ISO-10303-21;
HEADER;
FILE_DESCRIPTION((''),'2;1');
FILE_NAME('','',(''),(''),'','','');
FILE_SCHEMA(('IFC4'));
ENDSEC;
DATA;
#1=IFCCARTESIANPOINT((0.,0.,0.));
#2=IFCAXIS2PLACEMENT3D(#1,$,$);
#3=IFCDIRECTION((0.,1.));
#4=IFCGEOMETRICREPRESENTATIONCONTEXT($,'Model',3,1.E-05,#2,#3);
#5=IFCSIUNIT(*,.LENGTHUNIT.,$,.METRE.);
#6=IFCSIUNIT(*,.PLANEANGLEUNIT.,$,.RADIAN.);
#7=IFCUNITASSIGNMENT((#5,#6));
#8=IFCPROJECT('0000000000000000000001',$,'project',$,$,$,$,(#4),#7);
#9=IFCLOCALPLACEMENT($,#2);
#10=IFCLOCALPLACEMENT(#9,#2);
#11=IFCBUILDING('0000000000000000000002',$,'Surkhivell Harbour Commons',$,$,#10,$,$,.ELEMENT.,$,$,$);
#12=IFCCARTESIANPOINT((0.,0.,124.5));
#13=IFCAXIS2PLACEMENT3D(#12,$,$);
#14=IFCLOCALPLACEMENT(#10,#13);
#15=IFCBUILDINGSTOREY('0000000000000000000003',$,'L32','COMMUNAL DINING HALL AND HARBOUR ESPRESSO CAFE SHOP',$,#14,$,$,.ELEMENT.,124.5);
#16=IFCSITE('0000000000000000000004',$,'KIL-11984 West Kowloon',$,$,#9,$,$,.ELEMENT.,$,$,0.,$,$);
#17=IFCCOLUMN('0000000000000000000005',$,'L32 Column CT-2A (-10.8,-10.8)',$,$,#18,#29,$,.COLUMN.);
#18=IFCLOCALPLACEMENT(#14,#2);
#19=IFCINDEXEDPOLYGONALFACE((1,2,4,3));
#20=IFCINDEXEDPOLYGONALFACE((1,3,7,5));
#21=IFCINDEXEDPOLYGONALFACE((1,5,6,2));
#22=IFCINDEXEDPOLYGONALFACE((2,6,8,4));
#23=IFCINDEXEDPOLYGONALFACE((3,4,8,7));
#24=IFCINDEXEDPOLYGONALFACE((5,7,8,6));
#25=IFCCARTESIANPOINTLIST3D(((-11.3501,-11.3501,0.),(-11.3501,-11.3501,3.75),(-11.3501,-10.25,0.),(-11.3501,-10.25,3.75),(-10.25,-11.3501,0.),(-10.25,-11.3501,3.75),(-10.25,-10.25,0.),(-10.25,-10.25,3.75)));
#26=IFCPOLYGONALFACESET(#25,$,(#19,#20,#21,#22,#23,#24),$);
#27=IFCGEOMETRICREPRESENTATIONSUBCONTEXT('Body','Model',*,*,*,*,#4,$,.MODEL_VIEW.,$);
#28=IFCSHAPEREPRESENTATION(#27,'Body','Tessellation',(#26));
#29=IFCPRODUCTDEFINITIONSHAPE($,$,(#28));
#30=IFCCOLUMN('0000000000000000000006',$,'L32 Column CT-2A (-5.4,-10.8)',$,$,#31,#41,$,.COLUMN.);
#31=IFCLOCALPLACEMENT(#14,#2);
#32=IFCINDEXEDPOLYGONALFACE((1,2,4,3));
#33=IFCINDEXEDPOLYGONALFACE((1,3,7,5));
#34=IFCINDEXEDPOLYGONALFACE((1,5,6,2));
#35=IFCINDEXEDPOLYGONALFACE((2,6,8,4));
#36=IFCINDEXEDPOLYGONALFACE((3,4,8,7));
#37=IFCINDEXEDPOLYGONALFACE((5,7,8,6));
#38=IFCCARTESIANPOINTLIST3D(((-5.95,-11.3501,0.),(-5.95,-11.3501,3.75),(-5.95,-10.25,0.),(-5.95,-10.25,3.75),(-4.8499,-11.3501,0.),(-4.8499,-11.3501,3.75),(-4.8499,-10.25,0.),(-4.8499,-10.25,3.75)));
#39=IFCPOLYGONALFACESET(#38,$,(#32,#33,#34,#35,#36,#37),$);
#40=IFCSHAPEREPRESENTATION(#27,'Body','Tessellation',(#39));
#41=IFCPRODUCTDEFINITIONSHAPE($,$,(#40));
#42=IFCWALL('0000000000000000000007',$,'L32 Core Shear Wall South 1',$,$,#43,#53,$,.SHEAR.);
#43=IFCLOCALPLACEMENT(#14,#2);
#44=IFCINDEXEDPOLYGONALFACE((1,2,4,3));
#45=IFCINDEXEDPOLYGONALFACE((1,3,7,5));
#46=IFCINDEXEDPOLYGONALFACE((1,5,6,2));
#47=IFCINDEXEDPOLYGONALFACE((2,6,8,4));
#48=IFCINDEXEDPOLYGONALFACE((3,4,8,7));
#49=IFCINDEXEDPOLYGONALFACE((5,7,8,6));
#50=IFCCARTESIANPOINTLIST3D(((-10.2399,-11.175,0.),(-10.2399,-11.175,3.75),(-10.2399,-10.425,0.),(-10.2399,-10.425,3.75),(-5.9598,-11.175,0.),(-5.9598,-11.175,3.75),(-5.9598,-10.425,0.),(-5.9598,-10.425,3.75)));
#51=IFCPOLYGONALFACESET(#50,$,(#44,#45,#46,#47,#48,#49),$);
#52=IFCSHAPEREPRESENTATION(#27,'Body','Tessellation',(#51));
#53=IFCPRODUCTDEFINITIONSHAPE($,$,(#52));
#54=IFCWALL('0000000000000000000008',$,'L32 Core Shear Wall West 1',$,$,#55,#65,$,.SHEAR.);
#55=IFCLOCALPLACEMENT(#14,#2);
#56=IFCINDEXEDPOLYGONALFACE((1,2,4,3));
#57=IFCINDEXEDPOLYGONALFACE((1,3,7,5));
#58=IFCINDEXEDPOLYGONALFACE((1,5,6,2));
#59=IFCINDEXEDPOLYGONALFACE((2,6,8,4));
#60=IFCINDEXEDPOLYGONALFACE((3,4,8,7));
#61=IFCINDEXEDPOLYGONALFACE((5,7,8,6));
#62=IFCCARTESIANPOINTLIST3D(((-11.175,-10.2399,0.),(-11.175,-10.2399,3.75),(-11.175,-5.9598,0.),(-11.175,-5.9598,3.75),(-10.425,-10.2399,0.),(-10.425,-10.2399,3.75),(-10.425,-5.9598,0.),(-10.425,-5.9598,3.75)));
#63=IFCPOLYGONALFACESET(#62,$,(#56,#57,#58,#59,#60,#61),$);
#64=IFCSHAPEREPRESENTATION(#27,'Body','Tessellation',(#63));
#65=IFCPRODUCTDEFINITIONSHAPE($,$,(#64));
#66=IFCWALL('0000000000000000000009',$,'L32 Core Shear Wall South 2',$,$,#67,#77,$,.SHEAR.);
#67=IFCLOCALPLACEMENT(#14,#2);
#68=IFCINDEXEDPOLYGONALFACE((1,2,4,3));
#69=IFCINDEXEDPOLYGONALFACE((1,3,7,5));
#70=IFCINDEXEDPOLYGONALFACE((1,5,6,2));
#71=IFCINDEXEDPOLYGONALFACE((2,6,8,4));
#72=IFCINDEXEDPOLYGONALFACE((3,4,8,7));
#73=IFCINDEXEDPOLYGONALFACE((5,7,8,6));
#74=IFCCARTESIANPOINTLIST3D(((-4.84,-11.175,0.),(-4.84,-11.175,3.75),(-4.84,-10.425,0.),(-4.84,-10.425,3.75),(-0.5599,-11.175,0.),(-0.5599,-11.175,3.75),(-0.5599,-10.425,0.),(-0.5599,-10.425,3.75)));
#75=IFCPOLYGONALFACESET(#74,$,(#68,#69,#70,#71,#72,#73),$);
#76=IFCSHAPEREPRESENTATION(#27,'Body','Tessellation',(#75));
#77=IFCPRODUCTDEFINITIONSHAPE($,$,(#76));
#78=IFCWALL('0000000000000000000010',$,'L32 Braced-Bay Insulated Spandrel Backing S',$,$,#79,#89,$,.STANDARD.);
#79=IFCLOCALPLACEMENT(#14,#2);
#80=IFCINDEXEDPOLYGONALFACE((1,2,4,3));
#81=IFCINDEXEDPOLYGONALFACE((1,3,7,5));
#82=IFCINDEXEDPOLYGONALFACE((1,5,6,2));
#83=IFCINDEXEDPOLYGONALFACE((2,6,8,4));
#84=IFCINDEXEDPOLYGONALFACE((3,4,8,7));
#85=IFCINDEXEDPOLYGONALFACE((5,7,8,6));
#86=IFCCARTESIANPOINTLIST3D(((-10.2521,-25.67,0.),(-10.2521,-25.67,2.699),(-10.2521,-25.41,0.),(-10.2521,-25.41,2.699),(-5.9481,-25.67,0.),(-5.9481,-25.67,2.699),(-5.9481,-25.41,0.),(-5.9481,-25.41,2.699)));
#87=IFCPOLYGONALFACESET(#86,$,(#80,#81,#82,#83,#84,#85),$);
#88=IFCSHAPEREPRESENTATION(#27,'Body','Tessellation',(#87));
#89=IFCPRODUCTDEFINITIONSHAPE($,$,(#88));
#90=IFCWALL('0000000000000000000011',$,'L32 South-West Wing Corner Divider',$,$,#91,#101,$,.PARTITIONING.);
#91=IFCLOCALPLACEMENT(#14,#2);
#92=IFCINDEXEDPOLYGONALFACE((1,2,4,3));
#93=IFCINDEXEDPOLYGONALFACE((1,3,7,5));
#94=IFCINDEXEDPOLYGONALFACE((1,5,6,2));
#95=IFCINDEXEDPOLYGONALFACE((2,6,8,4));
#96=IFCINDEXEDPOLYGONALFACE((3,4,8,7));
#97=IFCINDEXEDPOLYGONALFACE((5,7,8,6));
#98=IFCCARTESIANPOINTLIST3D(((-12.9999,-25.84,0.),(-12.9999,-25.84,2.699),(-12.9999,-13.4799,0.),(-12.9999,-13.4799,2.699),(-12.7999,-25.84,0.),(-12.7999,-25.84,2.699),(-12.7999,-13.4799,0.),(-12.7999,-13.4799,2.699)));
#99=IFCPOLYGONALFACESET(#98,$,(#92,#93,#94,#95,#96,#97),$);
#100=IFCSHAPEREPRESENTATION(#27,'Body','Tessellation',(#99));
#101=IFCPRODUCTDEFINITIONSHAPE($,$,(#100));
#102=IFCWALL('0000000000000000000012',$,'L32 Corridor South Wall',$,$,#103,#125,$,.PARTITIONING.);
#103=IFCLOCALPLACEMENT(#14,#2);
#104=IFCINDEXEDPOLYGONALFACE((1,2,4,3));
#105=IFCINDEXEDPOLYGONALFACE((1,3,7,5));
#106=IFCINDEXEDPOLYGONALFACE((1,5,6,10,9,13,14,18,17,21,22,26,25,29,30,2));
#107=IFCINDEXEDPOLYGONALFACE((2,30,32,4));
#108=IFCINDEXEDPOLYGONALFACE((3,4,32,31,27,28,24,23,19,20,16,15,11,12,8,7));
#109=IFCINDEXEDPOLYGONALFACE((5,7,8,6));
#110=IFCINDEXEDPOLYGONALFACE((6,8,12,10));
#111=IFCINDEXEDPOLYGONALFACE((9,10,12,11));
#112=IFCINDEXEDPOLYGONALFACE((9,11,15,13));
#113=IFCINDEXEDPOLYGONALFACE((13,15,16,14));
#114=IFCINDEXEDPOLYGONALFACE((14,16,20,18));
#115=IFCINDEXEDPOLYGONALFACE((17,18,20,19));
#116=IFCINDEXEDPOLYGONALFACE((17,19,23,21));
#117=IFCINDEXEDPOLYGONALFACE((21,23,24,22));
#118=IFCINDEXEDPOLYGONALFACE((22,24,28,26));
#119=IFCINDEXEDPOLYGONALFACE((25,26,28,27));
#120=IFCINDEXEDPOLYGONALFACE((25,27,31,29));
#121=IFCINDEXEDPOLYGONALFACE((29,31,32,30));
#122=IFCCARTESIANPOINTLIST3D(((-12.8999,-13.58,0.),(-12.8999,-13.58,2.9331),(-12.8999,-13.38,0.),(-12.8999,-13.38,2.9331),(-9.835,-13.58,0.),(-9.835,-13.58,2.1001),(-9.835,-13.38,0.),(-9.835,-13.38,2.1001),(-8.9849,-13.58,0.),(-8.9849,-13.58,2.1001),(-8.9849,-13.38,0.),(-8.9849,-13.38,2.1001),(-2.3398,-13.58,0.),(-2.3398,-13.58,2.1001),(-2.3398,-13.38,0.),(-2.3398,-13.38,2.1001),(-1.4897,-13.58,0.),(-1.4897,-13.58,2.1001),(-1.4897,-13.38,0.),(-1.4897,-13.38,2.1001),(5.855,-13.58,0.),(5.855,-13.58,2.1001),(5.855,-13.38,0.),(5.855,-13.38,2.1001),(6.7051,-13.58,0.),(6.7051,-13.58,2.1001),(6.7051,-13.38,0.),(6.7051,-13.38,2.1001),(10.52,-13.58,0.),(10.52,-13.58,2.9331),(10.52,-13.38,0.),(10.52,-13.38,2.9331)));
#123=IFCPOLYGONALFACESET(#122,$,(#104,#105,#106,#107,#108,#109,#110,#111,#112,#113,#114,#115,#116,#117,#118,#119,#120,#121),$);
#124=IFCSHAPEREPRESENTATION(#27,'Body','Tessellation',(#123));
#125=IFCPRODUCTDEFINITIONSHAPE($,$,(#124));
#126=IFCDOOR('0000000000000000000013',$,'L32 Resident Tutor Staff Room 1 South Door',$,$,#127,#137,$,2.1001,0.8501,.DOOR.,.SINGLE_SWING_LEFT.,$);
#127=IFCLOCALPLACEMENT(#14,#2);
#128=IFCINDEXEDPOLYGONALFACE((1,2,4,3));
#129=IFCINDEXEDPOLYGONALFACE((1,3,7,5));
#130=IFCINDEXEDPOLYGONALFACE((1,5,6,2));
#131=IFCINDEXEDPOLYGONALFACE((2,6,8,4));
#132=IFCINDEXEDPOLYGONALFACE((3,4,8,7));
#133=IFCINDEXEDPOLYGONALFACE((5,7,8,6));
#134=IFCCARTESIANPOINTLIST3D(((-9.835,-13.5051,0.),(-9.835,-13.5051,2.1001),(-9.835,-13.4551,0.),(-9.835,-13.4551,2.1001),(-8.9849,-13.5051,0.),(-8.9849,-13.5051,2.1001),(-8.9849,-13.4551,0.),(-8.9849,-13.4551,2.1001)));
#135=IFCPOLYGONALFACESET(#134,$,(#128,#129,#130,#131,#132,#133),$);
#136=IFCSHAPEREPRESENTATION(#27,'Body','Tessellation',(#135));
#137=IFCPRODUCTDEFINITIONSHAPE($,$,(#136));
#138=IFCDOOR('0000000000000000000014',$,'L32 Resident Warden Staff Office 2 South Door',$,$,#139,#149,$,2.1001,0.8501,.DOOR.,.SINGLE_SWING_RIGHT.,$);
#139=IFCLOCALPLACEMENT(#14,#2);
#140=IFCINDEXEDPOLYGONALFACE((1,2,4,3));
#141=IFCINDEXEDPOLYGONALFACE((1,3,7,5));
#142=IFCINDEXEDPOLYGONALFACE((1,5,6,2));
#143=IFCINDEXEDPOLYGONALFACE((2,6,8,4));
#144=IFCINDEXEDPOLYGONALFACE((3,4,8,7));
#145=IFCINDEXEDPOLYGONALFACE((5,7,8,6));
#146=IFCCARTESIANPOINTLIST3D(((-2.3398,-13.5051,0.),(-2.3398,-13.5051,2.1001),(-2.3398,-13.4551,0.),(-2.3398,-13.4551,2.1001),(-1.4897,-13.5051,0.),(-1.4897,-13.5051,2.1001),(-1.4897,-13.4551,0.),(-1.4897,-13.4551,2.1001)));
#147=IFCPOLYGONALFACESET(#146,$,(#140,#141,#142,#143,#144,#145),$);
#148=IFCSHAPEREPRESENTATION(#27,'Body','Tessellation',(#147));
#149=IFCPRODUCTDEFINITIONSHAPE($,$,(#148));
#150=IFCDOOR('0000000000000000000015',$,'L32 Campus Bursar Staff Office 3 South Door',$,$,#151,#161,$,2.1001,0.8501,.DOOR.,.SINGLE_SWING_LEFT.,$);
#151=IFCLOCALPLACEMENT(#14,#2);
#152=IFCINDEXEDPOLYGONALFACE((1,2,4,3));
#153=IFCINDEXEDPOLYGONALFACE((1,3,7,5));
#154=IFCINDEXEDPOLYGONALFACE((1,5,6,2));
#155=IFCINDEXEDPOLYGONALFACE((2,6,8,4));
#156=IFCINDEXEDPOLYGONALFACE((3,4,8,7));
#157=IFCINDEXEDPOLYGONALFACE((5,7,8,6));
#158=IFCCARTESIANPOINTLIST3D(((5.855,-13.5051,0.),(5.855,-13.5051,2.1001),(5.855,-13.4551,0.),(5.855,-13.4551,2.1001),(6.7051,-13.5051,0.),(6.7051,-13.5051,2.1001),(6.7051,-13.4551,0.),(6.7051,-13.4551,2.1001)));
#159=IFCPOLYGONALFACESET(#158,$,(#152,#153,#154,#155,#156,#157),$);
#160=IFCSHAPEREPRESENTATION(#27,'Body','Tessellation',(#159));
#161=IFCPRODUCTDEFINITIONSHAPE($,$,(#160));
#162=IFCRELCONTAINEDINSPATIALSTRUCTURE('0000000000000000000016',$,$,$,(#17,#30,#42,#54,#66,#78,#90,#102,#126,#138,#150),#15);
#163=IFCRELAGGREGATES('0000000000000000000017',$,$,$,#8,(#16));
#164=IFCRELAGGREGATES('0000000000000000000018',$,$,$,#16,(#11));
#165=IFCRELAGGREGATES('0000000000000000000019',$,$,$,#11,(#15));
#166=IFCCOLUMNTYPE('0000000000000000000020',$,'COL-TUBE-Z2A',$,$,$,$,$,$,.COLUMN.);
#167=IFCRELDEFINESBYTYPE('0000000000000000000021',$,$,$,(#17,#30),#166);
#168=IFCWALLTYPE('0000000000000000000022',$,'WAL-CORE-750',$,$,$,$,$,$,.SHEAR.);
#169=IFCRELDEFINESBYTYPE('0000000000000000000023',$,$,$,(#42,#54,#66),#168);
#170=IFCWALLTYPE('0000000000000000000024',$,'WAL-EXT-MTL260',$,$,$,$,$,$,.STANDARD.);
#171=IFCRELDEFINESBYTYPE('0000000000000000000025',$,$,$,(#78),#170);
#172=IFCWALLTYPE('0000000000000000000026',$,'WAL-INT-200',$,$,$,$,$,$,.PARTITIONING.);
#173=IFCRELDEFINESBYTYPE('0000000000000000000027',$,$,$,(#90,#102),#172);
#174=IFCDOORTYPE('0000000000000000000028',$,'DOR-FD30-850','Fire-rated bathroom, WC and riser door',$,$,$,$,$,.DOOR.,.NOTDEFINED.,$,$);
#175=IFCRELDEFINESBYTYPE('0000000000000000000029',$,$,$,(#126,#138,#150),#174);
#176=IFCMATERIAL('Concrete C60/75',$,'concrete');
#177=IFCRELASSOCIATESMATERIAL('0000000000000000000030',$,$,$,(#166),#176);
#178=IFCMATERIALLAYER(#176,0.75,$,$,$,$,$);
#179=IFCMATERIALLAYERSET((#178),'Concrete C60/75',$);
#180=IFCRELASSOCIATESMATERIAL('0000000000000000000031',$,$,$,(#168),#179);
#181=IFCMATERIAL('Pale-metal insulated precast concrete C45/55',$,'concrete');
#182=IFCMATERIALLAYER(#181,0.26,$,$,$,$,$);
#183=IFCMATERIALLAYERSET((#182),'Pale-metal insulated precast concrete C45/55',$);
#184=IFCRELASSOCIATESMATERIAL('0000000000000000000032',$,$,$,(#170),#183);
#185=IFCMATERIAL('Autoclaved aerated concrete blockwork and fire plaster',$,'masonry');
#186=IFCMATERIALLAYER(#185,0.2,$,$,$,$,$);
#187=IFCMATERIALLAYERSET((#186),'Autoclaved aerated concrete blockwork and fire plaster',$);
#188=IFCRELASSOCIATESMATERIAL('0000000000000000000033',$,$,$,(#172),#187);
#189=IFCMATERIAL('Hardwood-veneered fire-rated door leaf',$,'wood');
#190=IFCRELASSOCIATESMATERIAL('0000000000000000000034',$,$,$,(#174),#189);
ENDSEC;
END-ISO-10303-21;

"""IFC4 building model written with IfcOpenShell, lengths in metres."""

from ifc_helpers import new_model, si_unit, direction, frame, frame_2d, origin, origin_2d, place, context, subcontext, project, spatial, rectangle, extrude, material, layer, layer_set, material_profile, profile_set, type_object, element, fill, save


model = new_model("IFC4")

# Units and contexts
model_context = context("Model", 3, precision=1e-05, world=origin(), true_north=direction((0.0, 1.0)))
body_context = subcontext(model_context, "Body", "Model", "MODEL_VIEW")
ifc_project = project(units=[si_unit("LENGTHUNIT", "METRE"), si_unit("PLANEANGLEUNIT", "RADIAN")], contexts=[model_context])

# Site, building, storey
site_placement = place(None, origin())
site = spatial("IfcSite", under=ifc_project, at=site_placement, Name="KIL-11984 West Kowloon", CompositionType="ELEMENT", RefElevation=0.0)
building_placement = place(site_placement, origin())
building = spatial("IfcBuilding", under=site, at=building_placement, Name="Surkhivell Harbour Commons", CompositionType="ELEMENT")
storey_placement = place(building_placement, frame((0.0, 0.0, 124.5)))
storey = spatial("IfcBuildingStorey", under=building, at=storey_placement, Name="L32", Description="COMMUNAL DINING HALL AND HARBOUR ESPRESSO CAFE SHOP", CompositionType="ELEMENT", Elevation=124.5)

# Columns
ifc_material_1 = material(Name="Concrete C60/75", Category="concrete")
ifc_material_profile = material_profile(ifc_material_1, rectangle(XDim=1.1001, YDim=1.1001, at=origin_2d()), Name="RC-COL-1100x1100")
ifc_profile_set = profile_set([ifc_material_profile], Name="Concrete C60/75")
column_type = type_object("IfcColumnType", Name="COL-TUBE-Z2A", PredefinedType="COLUMN", material=ifc_profile_set)
for number, where, z_axis, x_axis, name in (
    (1, (-10.8, -10.8, 0.0), (0.0, 0.0, 1.0), (1.0, 0.0, 0.0), "L32 Column CT-2A (-10.8,-10.8)"),
    (2, (-5.3999, -10.8, 0.0), (0.0, 0.0, 1.0), (1.0, 0.0, 0.0), "L32 Column CT-2A (-5.4,-10.8)"),
):
    element("IfcColumn", number, at=place(storey_placement, frame(where, z_axis=z_axis, x_axis=x_axis)), inside=storey, type_object=column_type, Name=name, PredefinedType="COLUMN", context=body_context, shape_type="SweptSolid", body=[
        extrude(rectangle(XDim=1.1001, YDim=1.1001, at=origin_2d()), origin(), (0.0, 0.0, 1.0), 3.75),
    ])

# Walls
ifc_layer_1 = layer(ifc_material_1, 0.75)
ifc_layer_set_1 = layer_set([ifc_layer_1], Name="Concrete C60/75")
wall_type_1 = type_object("IfcWallType", Name="WAL-CORE-750", PredefinedType="SHEAR", material=ifc_layer_set_1)
for number, where, z_axis, x_axis, name in (
    (3, (-10.24, -10.8, 0.0), (0.0, 0.0, 1.0), (1.0, 0.0, 0.0), "L32 Core Shear Wall South 1"),
    (4, (-10.8, -10.24, 0.0), (0.0, 0.0, 1.0), (0.0, 1.0, 0.0), "L32 Core Shear Wall West 1"),
    (5, (-4.8401, -10.8, 0.0), (0.0, 0.0, 1.0), (1.0, 0.0, 0.0), "L32 Core Shear Wall South 2"),
):
    element("IfcWall", number, at=place(storey_placement, frame(where, z_axis=z_axis, x_axis=x_axis)), inside=storey, type_object=wall_type_1, Name=name, PredefinedType="SHEAR", context=body_context, shape_type="SweptSolid", body=[
        extrude(rectangle(XDim=4.28, YDim=0.75, at=frame_2d((2.1401, 0.0))), origin(), (0.0, 0.0, 1.0), 3.75),
    ])
ifc_material_2 = material(Name="Pale-metal insulated precast concrete C45/55", Category="concrete")
ifc_layer_2 = layer(ifc_material_2, 0.26)
ifc_layer_set_2 = layer_set([ifc_layer_2], Name="Pale-metal insulated precast concrete C45/55")
wall_type_2 = type_object("IfcWallType", Name="WAL-EXT-MTL260", PredefinedType="STANDARD", material=ifc_layer_set_2)
wall_1_placement = place(storey_placement, frame((-10.252, -25.54, 0.0), z_axis=(0.0, 0.0, 1.0), x_axis=(1.0, 0.0, 0.0)))
element("IfcWall", 6, at=wall_1_placement, inside=storey, type_object=wall_type_2, Name="L32 Braced-Bay Insulated Spandrel Backing S", PredefinedType="STANDARD", context=body_context, shape_type="SweptSolid", body=[
    extrude(rectangle(XDim=4.304, YDim=0.26, at=frame_2d((2.1519, 0.0))), origin(), (0.0, 0.0, 1.0), 2.699),
])
ifc_material_3 = material(Name="Autoclaved aerated concrete blockwork and fire plaster", Category="masonry")
ifc_layer_3 = layer(ifc_material_3, 0.2)
ifc_layer_set_3 = layer_set([ifc_layer_3], Name="Autoclaved aerated concrete blockwork and fire plaster")
wall_type_3 = type_object("IfcWallType", Name="WAL-INT-200", PredefinedType="PARTITIONING", material=ifc_layer_set_3)
wall_2_placement = place(storey_placement, frame((-12.8999, -25.8401, 0.0), z_axis=(0.0, 0.0, 1.0), x_axis=(0.0, 1.0, 0.0)))
element("IfcWall", 7, at=wall_2_placement, inside=storey, type_object=wall_type_3, Name="L32 South-West Wing Corner Divider", PredefinedType="PARTITIONING", context=body_context, shape_type="SweptSolid", body=[
    extrude(rectangle(XDim=12.3601, YDim=0.2, at=frame_2d((6.1802, 0.0))), origin(), (0.0, 0.0, 1.0), 2.699),
])

# Wall, openings, doors
wall_3_placement = place(storey_placement, frame((-12.8999, -13.48, 0.0), z_axis=(0.0, 0.0, 1.0), x_axis=(1.0, 0.0, 0.0)))
wall_3 = element("IfcWall", 8, at=wall_3_placement, inside=storey, type_object=wall_type_3, Name="L32 Corridor South Wall", PredefinedType="PARTITIONING", context=body_context, shape_type="SweptSolid", body=[
    extrude(rectangle(XDim=23.4199, YDim=0.2, at=frame_2d((11.71, 0.0))), origin(), (0.0, 0.0, 1.0), 2.9331),
])
opening_1_placement = place(wall_3_placement, frame((3.0649, 0.0, 0.0)))
opening_1 = element("IfcOpeningElement", 9, at=opening_1_placement, cuts=wall_3, PredefinedType="OPENING", context=body_context, shape_type="SweptSolid", body=[
    extrude(rectangle(XDim=0.8501, YDim=2.1001, at=frame_2d((0.425, 1.05))), frame((0.0, 0.1099, 0.0), z_axis=(0.0, -1.0, 0.0), x_axis=(1.0, 0.0, 0.0)), (0.0, 0.0, 1.0), 0.22),
])
opening_2_placement = place(wall_3_placement, frame((10.5601, 0.0, 0.0)))
opening_2 = element("IfcOpeningElement", 10, at=opening_2_placement, cuts=wall_3, PredefinedType="OPENING", context=body_context, shape_type="SweptSolid", body=[
    extrude(rectangle(XDim=0.8501, YDim=2.1001, at=frame_2d((0.425, 1.05))), frame((0.0, 0.1099, 0.0), z_axis=(0.0, -1.0, 0.0), x_axis=(1.0, 0.0, 0.0)), (0.0, 0.0, 1.0), 0.22),
])
opening_3_placement = place(wall_3_placement, frame((18.7549, 0.0, 0.0)))
opening_3 = element("IfcOpeningElement", 11, at=opening_3_placement, cuts=wall_3, PredefinedType="OPENING", context=body_context, shape_type="SweptSolid", body=[
    extrude(rectangle(XDim=0.8501, YDim=2.1001, at=frame_2d((0.425, 1.05))), frame((0.0, 0.1099, 0.0), z_axis=(0.0, -1.0, 0.0), x_axis=(1.0, 0.0, 0.0)), (0.0, 0.0, 1.0), 0.22),
])
ifc_material_4 = material(Name="Hardwood-veneered fire-rated door leaf", Category="wood")
door_type = type_object("IfcDoorType", Name="DOR-FD30-850", Description="Fire-rated bathroom, WC and riser door", OperationType="NOTDEFINED", PredefinedType="DOOR", material=ifc_material_4)
door_1_placement = place(opening_1_placement, origin())
door_1 = element("IfcDoor", 12, at=door_1_placement, inside=storey, type_object=door_type, Name="L32 Resident Tutor Staff Room 1 South Door", OperationType="SINGLE_SWING_LEFT", OverallHeight=2.1001, OverallWidth=0.8501, PredefinedType="DOOR", context=body_context, shape_type="SweptSolid", body=[
    extrude(rectangle(XDim=0.8501, YDim=2.1001, at=frame_2d((0.425, 1.05))), frame((0.0, 0.0249, 0.0), z_axis=(0.0, -1.0, 0.0), x_axis=(1.0, 0.0, 0.0)), (0.0, 0.0, 1.0), 0.05),
])
fill(opening_1, door_1)
door_2_placement = place(opening_2_placement, origin())
door_2 = element("IfcDoor", 13, at=door_2_placement, inside=storey, type_object=door_type, Name="L32 Resident Warden Staff Office 2 South Door", OperationType="SINGLE_SWING_RIGHT", OverallHeight=2.1001, OverallWidth=0.8501, PredefinedType="DOOR", context=body_context, shape_type="SweptSolid", body=[
    extrude(rectangle(XDim=0.8501, YDim=2.1001, at=frame_2d((0.425, 1.05))), frame((0.0, 0.0249, 0.0), z_axis=(0.0, -1.0, 0.0), x_axis=(1.0, 0.0, 0.0)), (0.0, 0.0, 1.0), 0.05),
])
fill(opening_2, door_2)
door_3_placement = place(opening_3_placement, origin())
door_3 = element("IfcDoor", 14, at=door_3_placement, inside=storey, type_object=door_type, Name="L32 Campus Bursar Staff Office 3 South Door", OperationType="SINGLE_SWING_LEFT", OverallHeight=2.1001, OverallWidth=0.8501, PredefinedType="DOOR", context=body_context, shape_type="SweptSolid", body=[
    extrude(rectangle(XDim=0.8501, YDim=2.1001, at=frame_2d((0.425, 1.05))), frame((0.0, 0.0249, 0.0), z_axis=(0.0, -1.0, 0.0), x_axis=(1.0, 0.0, 0.0)), (0.0, 0.0, 1.0), 0.05),
])
fill(opening_3, door_3)

save(model, "model.ifc")
